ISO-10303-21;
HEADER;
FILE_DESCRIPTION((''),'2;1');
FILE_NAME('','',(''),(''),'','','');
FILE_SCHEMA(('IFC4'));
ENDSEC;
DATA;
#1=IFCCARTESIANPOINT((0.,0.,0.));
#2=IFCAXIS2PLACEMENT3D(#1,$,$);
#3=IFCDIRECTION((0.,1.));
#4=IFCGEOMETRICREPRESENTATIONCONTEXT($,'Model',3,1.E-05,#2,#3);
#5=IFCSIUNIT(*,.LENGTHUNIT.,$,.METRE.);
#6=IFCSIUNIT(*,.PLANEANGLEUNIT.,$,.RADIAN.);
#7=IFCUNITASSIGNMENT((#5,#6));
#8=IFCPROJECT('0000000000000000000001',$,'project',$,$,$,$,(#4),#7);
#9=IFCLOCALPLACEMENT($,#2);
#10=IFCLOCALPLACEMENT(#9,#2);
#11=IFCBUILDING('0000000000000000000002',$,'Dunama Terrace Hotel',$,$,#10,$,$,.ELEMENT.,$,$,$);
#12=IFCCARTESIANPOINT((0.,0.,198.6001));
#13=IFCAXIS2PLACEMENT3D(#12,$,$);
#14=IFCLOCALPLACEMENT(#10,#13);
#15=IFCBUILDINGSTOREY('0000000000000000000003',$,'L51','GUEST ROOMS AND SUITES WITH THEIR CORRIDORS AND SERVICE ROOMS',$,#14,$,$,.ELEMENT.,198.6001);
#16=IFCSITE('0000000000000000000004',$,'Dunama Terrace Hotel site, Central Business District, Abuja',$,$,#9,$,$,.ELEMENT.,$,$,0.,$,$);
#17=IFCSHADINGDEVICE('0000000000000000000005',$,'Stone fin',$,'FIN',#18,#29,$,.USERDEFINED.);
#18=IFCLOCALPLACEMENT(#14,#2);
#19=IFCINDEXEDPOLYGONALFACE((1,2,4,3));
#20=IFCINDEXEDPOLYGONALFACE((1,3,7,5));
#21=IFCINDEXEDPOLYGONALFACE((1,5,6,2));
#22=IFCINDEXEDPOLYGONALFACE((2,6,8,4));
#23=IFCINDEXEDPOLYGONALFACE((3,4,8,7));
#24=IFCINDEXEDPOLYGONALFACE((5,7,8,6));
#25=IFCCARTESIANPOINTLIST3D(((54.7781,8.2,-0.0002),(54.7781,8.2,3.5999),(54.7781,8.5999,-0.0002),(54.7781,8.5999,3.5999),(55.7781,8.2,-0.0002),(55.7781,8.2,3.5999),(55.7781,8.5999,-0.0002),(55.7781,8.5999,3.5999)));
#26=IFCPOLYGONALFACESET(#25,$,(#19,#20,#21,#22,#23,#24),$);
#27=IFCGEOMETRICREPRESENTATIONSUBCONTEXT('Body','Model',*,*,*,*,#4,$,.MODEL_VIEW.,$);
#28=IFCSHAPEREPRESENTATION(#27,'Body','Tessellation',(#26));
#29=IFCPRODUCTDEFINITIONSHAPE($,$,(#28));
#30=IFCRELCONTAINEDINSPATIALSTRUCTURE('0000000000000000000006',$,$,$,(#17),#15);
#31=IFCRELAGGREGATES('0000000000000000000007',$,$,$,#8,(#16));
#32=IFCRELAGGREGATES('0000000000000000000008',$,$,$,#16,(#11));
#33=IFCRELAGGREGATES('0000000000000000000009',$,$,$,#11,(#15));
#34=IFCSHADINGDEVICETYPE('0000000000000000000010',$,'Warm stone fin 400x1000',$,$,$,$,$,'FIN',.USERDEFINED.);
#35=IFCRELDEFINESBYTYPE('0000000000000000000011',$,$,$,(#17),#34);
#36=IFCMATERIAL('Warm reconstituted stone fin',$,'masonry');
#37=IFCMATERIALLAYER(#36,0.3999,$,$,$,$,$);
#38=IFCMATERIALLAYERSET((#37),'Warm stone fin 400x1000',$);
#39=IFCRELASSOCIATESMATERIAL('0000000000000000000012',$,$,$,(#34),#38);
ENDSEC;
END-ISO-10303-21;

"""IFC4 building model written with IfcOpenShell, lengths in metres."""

from ifc_helpers import new_model, si_unit, direction, frame, origin, origin_2d, place, context, subcontext, project, spatial, rectangle, extrude, material, layer, layer_set, type_object, element, save


model = new_model("IFC4")

# Units and contexts
model_context = context("Model", 3, precision=1e-05, world=origin(), true_north=direction((0.0, 1.0)))
body_context = subcontext(model_context, "Body", "Model", "MODEL_VIEW")
ifc_project = project(units=[si_unit("LENGTHUNIT", "METRE"), si_unit("PLANEANGLEUNIT", "RADIAN")], contexts=[model_context])

# Site, building, storey
site_placement = place(None, origin())
site = spatial("IfcSite", under=ifc_project, at=site_placement, Name="Dunama Terrace Hotel site, Central Business District, Abuja", CompositionType="ELEMENT", RefElevation=0.0)
building_placement = place(site_placement, origin())
building = spatial("IfcBuilding", under=site, at=building_placement, Name="Dunama Terrace Hotel", CompositionType="ELEMENT")
storey_placement = place(building_placement, frame((0.0, 0.0, 198.6001)))
storey = spatial("IfcBuildingStorey", under=building, at=storey_placement, Name="L51", Description="GUEST ROOMS AND SUITES WITH THEIR CORRIDORS AND SERVICE ROOMS", CompositionType="ELEMENT", Elevation=198.6001)

# Shading device
ifc_material_1 = material(Name="Warm reconstituted stone fin", Category="masonry")
ifc_layer_1 = layer(ifc_material_1, 0.3999)
ifc_layer_set_1 = layer_set([ifc_layer_1], Name="Warm stone fin 400x1000")
shading_device_type = type_object("IfcShadingDeviceType", Name="Warm stone fin 400x1000", ElementType="FIN", PredefinedType="USERDEFINED", material=ifc_layer_set_1)
for number, where, z_axis, x_axis, name in (
    (1, (55.2781, 8.3999, -0.0002), (0.0, 0.0, 1.0), (0.0, 1.0, 0.0), "Stone fin"),
):
    element("IfcShadingDevice", number, at=place(storey_placement, frame(where, z_axis=z_axis, x_axis=x_axis)), inside=storey, type_object=shading_device_type, Name=name, ObjectType="FIN", PredefinedType="USERDEFINED", context=body_context, shape_type="SweptSolid", body=[
        extrude(rectangle(XDim=0.3999, YDim=1.0, at=origin_2d()), origin(), (0.0, 0.0, 1.0), 3.6001),
    ])

save(model, "model.ifc")
